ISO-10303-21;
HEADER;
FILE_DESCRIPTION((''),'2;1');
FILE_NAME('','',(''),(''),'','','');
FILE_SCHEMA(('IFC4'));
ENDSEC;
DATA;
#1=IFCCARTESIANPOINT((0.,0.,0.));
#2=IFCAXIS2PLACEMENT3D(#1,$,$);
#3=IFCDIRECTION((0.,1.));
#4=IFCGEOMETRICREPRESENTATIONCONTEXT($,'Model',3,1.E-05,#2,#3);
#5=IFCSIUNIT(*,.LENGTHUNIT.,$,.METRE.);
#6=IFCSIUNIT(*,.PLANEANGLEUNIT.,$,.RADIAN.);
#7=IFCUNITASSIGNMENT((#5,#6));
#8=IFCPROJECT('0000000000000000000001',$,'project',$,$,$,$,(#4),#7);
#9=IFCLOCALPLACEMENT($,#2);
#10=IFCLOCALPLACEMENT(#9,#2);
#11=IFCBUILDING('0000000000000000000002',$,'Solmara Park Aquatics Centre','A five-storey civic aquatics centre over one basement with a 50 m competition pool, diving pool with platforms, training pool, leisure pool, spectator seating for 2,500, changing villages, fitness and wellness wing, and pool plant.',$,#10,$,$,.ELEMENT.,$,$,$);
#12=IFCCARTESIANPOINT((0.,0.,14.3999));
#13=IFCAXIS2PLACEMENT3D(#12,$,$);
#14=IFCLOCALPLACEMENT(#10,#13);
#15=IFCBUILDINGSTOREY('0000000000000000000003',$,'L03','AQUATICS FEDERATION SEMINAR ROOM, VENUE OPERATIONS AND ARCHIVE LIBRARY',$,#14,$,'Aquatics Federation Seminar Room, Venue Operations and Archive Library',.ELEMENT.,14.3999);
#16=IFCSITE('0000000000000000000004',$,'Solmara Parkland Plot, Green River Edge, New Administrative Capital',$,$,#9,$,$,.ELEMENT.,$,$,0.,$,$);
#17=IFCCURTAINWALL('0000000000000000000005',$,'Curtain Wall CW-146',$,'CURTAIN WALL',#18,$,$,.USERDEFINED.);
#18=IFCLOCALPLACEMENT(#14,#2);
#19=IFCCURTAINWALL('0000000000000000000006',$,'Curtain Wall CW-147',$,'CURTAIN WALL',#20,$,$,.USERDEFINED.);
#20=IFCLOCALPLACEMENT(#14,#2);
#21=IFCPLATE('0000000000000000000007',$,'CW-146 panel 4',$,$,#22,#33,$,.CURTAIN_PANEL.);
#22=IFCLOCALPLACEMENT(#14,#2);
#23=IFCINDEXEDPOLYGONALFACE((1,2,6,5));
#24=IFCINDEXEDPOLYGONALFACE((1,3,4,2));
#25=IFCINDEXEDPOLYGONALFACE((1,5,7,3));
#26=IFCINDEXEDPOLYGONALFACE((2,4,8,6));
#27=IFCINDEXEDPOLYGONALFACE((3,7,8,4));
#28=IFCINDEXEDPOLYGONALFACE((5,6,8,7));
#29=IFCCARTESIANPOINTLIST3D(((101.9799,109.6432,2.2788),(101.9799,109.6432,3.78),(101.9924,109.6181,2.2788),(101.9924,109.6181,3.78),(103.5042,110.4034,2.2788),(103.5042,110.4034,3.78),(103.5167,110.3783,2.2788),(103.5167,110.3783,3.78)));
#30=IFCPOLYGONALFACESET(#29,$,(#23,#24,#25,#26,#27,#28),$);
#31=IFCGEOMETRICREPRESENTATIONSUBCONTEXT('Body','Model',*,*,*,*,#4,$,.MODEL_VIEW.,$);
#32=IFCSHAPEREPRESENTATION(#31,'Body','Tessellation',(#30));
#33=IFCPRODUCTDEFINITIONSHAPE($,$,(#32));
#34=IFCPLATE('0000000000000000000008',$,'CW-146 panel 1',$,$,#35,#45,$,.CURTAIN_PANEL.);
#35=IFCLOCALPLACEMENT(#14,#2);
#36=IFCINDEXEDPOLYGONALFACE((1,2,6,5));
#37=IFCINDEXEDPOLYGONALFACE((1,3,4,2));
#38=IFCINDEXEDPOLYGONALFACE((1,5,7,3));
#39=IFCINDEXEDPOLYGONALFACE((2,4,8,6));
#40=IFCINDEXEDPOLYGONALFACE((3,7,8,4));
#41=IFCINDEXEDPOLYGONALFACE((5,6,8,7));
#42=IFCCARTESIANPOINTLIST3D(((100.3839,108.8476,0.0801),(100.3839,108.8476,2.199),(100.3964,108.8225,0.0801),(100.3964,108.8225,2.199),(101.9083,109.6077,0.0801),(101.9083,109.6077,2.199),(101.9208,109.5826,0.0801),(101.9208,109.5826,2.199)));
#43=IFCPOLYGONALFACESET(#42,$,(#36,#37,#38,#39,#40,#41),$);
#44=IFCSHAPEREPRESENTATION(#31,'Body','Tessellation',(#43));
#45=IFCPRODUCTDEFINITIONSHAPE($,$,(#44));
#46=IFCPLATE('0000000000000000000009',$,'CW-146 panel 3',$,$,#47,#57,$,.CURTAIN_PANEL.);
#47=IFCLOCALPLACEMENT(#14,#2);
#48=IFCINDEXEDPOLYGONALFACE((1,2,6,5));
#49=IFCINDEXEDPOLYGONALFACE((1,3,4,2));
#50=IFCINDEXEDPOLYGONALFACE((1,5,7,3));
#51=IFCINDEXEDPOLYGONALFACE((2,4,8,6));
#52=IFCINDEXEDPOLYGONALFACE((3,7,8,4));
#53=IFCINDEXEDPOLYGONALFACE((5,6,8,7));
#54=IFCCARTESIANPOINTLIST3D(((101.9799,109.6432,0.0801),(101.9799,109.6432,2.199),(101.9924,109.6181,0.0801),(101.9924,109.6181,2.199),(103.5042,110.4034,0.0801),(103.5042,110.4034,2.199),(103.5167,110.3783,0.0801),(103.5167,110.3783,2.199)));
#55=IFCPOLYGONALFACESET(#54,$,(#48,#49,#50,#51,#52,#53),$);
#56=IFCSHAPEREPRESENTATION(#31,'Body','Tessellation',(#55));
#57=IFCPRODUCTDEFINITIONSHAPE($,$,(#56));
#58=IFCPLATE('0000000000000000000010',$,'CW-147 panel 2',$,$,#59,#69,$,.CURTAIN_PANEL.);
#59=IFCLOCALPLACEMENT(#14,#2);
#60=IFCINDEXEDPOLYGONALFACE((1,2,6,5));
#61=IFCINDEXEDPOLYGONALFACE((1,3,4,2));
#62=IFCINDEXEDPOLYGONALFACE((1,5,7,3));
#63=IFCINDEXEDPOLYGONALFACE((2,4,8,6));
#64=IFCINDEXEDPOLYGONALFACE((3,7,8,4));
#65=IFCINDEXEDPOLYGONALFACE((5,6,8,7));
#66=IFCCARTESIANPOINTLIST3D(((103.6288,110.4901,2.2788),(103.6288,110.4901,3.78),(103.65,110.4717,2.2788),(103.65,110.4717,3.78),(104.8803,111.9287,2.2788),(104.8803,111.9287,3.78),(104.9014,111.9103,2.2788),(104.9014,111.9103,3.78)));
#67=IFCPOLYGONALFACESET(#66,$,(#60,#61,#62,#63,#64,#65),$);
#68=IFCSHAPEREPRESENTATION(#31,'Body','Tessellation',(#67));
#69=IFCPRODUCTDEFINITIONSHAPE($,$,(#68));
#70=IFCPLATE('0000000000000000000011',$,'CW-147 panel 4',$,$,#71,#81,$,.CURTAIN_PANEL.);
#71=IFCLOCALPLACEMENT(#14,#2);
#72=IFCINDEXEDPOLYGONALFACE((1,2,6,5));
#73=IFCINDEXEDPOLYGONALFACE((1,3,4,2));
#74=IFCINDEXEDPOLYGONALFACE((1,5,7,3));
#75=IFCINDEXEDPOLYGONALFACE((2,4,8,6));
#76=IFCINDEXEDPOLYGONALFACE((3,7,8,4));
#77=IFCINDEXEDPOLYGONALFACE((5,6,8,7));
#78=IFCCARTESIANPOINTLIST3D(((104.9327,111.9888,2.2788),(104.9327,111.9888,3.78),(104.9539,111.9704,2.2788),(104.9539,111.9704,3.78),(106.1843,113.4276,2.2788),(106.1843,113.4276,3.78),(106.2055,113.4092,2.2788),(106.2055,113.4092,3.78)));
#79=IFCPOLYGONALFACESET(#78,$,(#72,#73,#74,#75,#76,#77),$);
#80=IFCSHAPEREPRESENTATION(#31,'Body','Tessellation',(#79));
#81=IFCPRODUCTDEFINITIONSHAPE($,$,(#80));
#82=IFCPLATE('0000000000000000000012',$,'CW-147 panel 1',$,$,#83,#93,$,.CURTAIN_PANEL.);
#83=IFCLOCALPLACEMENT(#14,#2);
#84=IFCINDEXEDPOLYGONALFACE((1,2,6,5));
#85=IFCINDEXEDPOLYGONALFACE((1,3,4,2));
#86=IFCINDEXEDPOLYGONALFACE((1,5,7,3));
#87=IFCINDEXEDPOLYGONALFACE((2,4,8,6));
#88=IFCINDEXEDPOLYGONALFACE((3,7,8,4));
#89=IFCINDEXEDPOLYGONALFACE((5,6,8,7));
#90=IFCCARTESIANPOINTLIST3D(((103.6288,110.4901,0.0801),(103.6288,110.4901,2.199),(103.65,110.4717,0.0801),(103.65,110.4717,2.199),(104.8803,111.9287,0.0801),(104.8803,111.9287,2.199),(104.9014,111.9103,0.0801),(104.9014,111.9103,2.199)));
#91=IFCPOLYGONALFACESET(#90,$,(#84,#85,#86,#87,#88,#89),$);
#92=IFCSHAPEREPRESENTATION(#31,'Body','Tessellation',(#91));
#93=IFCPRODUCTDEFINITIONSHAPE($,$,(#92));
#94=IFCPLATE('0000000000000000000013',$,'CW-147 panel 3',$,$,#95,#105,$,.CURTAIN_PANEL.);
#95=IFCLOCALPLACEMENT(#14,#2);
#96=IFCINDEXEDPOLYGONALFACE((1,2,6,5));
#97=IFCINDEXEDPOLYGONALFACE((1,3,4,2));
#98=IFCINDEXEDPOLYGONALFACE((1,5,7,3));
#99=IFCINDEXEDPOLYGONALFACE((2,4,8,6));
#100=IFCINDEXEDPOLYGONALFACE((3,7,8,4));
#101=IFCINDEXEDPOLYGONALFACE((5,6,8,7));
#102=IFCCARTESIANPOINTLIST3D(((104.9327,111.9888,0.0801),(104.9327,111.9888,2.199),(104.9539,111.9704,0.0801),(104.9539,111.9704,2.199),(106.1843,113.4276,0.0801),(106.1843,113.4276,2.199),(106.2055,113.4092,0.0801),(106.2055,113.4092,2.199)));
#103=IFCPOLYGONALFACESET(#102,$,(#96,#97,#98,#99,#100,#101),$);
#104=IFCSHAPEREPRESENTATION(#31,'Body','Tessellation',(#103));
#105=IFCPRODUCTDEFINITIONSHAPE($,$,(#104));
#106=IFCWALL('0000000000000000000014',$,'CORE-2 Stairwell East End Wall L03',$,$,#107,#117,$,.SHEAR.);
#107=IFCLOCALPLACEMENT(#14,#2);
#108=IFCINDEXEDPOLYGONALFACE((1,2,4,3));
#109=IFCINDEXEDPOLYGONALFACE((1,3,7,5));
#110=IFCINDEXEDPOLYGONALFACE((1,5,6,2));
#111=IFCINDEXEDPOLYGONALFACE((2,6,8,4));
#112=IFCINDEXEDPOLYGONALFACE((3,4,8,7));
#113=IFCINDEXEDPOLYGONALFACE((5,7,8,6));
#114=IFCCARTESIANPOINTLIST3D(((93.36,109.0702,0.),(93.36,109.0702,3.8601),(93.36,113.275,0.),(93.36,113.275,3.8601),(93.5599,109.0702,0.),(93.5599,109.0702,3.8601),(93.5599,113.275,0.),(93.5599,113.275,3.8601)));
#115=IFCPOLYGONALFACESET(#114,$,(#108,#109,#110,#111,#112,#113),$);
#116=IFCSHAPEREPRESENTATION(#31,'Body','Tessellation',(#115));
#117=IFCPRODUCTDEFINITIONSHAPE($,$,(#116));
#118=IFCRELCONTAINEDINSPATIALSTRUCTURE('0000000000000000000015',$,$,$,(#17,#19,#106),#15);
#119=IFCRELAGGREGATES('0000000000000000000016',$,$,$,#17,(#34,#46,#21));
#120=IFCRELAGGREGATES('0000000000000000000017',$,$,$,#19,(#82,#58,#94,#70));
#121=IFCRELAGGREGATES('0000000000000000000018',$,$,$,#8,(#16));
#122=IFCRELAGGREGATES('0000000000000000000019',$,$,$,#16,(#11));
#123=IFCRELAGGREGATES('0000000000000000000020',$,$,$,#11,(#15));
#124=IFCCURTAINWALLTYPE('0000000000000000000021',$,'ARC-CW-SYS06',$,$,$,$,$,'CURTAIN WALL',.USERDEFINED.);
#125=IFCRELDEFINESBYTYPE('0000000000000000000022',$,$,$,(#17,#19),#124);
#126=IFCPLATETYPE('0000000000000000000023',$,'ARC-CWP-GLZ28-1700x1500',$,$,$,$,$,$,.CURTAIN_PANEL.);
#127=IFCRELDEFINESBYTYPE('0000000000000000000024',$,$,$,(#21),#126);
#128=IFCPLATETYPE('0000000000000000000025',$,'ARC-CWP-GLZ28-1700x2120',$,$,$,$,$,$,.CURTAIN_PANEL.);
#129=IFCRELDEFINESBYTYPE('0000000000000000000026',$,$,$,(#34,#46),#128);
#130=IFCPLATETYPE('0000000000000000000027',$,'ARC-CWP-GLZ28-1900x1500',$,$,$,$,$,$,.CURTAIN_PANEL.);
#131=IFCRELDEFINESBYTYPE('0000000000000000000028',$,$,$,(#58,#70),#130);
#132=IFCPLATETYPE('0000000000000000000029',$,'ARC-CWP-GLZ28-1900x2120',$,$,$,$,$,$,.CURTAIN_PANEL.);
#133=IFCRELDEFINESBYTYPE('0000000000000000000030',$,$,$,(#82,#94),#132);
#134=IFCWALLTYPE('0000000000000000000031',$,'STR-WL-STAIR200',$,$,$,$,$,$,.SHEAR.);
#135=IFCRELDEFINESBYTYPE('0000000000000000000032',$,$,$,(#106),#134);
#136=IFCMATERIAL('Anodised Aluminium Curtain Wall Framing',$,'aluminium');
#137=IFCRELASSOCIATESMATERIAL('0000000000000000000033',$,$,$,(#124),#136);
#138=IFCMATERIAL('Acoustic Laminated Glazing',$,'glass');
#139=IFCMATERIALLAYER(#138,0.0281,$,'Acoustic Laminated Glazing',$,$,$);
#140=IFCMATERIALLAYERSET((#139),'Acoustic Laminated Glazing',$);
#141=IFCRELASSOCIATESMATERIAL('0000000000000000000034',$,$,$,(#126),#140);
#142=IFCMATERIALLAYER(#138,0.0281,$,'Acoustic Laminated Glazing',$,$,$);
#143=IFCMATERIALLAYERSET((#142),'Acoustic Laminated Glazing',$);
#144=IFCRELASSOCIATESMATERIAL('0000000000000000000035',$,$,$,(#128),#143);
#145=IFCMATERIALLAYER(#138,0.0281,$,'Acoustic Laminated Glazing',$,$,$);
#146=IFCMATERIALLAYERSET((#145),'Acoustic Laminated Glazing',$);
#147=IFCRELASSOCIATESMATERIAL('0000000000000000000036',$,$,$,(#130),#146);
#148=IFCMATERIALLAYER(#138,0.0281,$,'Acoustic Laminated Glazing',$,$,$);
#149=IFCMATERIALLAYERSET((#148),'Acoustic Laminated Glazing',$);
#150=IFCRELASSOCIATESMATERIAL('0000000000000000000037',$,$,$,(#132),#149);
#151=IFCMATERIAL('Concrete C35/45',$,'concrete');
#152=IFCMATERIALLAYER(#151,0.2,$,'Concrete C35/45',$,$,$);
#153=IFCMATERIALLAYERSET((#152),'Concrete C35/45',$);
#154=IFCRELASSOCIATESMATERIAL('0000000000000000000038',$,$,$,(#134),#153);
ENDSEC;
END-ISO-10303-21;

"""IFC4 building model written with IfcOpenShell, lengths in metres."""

from ifc_helpers import new_model, si_unit, direction, frame, frame_2d, origin, origin_2d, place, context, subcontext, project, spatial, rectangle, extrude, material, layer, layer_set, type_object, element, aggregate, save


model = new_model("IFC4")

# Units and contexts
model_context = context("Model", 3, precision=1e-05, world=origin(), true_north=direction((0.0, 1.0)))
body_context = subcontext(model_context, "Body", "Model", "MODEL_VIEW")
ifc_project = project(units=[si_unit("LENGTHUNIT", "METRE"), si_unit("PLANEANGLEUNIT", "RADIAN")], contexts=[model_context])

# Site, building, storey
site_placement = place(None, origin())
site = spatial("IfcSite", under=ifc_project, at=site_placement, Name="Solmara Parkland Plot, Green River Edge, New Administrative Capital", CompositionType="ELEMENT", RefElevation=0.0)
building_placement = place(site_placement, origin())
building = spatial("IfcBuilding", under=site, at=building_placement, Name="Solmara Park Aquatics Centre", Description="A five-storey civic aquatics centre over one basement with a 50 m competition pool, diving pool with platforms, training pool, leisure pool, spectator seating for 2,500, changing villages, fitness and wellness wing, and pool plant.", CompositionType="ELEMENT")
storey_placement = place(building_placement, frame((0.0, 0.0, 14.3999)))
storey = spatial("IfcBuildingStorey", under=building, at=storey_placement, Name="L03", Description="AQUATICS FEDERATION SEMINAR ROOM, VENUE OPERATIONS AND ARCHIVE LIBRARY", LongName="Aquatics Federation Seminar Room, Venue Operations and Archive Library", CompositionType="ELEMENT", Elevation=14.3999)

# Curtain walls
ifc_material_1 = material(Name="Anodised Aluminium Curtain Wall Framing", Category="aluminium")
curtain_wall_type = type_object("IfcCurtainWallType", Name="ARC-CW-SYS06", ElementType="CURTAIN WALL", PredefinedType="USERDEFINED", material=ifc_material_1)
curtain_wall_1_placement = place(storey_placement, origin())
curtain_wall_1 = element("IfcCurtainWall", 1, at=curtain_wall_1_placement, inside=storey, type_object=curtain_wall_type, Name="Curtain Wall CW-146", ObjectType="CURTAIN WALL", PredefinedType="USERDEFINED")
curtain_wall_2_placement = place(storey_placement, origin())
curtain_wall_2 = element("IfcCurtainWall", 2, at=curtain_wall_2_placement, inside=storey, type_object=curtain_wall_type, Name="Curtain Wall CW-147", ObjectType="CURTAIN WALL", PredefinedType="USERDEFINED")

# Plates
ifc_material_2 = material(Name="Acoustic Laminated Glazing", Category="glass")
ifc_layer_1 = layer(ifc_material_2, 0.0281, Name="Acoustic Laminated Glazing")
ifc_layer_set_1 = layer_set([ifc_layer_1], Name="Acoustic Laminated Glazing")
plate_type_1 = type_object("IfcPlateType", Name="ARC-CWP-GLZ28-1700x1500", PredefinedType="CURTAIN_PANEL", material=ifc_layer_set_1)
plate_1_placement = place(storey_placement, frame((102.7483, 110.0107, 2.2788), z_axis=(0.0, 0.0, 1.0), x_axis=(0.894904, 0.446259, 0.0)))
plate_1 = element("IfcPlate", 3, at=plate_1_placement, type_object=plate_type_1, Name="CW-146 panel 4", PredefinedType="CURTAIN_PANEL", context=body_context, shape_type="SweptSolid", body=[
    extrude(rectangle(XDim=1.7034, YDim=0.0281, at=origin_2d()), origin(), (0.0, 0.0, 1.0), 1.5012),
])
ifc_layer_2 = layer(ifc_material_2, 0.0281, Name="Acoustic Laminated Glazing")
ifc_layer_set_2 = layer_set([ifc_layer_2], Name="Acoustic Laminated Glazing")
plate_type_2 = type_object("IfcPlateType", Name="ARC-CWP-GLZ28-1700x2120", PredefinedType="CURTAIN_PANEL", material=ifc_layer_set_2)
plate_2_placement = place(storey_placement, frame((101.1523, 109.2151, 0.0801), z_axis=(0.0, 0.0, 1.0), x_axis=(0.894904, 0.446259, 0.0)))
plate_2 = element("IfcPlate", 4, at=plate_2_placement, type_object=plate_type_2, Name="CW-146 panel 1", PredefinedType="CURTAIN_PANEL", context=body_context, shape_type="SweptSolid", body=[
    extrude(rectangle(XDim=1.7034, YDim=0.0281, at=origin_2d()), origin(), (0.0, 0.0, 1.0), 2.1189),
])
plate_3_placement = place(storey_placement, frame((102.7483, 110.0107, 0.0801), z_axis=(0.0, 0.0, 1.0), x_axis=(0.894904, 0.446259, 0.0)))
plate_3 = element("IfcPlate", 5, at=plate_3_placement, type_object=plate_type_2, Name="CW-146 panel 3", PredefinedType="CURTAIN_PANEL", context=body_context, shape_type="SweptSolid", body=[
    extrude(rectangle(XDim=1.7034, YDim=0.0281, at=origin_2d()), origin(), (0.0, 0.0, 1.0), 2.1189),
])
aggregate(curtain_wall_1, [plate_2, plate_3, plate_1])
ifc_layer_3 = layer(ifc_material_2, 0.0281, Name="Acoustic Laminated Glazing")
ifc_layer_set_3 = layer_set([ifc_layer_3], Name="Acoustic Laminated Glazing")
plate_type_3 = type_object("IfcPlateType", Name="ARC-CWP-GLZ28-1900x1500", PredefinedType="CURTAIN_PANEL", material=ifc_layer_set_3)
plate_4_placement = place(storey_placement, frame((104.2651, 111.2002, 2.2788), z_axis=(0.0, 0.0, 1.0), x_axis=(0.65632, 0.754483, 0.0)))
plate_4 = element("IfcPlate", 6, at=plate_4_placement, type_object=plate_type_3, Name="CW-147 panel 2", PredefinedType="CURTAIN_PANEL", context=body_context, shape_type="SweptSolid", body=[
    extrude(rectangle(XDim=1.9067, YDim=0.0281, at=origin_2d()), origin(), (0.0, 0.0, 1.0), 1.5012),
])
plate_5_placement = place(storey_placement, frame((105.5691, 112.699, 2.2788), z_axis=(0.0, 0.0, 1.0), x_axis=(0.65632, 0.754483, 0.0)))
plate_5 = element("IfcPlate", 7, at=plate_5_placement, type_object=plate_type_3, Name="CW-147 panel 4", PredefinedType="CURTAIN_PANEL", context=body_context, shape_type="SweptSolid", body=[
    extrude(rectangle(XDim=1.907, YDim=0.0281, at=origin_2d()), origin(), (0.0, 0.0, 1.0), 1.5012),
])
ifc_layer_4 = layer(ifc_material_2, 0.0281, Name="Acoustic Laminated Glazing")
ifc_layer_set_4 = layer_set([ifc_layer_4], Name="Acoustic Laminated Glazing")
plate_type_4 = type_object("IfcPlateType", Name="ARC-CWP-GLZ28-1900x2120", PredefinedType="CURTAIN_PANEL", material=ifc_layer_set_4)
plate_6_placement = place(storey_placement, frame((104.2651, 111.2002, 0.0801), z_axis=(0.0, 0.0, 1.0), x_axis=(0.65632, 0.754483, 0.0)))
plate_6 = element("IfcPlate", 8, at=plate_6_placement, type_object=plate_type_4, Name="CW-147 panel 1", PredefinedType="CURTAIN_PANEL", context=body_context, shape_type="SweptSolid", body=[
    extrude(rectangle(XDim=1.9067, YDim=0.0281, at=origin_2d()), origin(), (0.0, 0.0, 1.0), 2.1189),
])
plate_7_placement = place(storey_placement, frame((105.5691, 112.699, 0.0801), z_axis=(0.0, 0.0, 1.0), x_axis=(0.65632, 0.754483, 0.0)))
plate_7 = element("IfcPlate", 9, at=plate_7_placement, type_object=plate_type_4, Name="CW-147 panel 3", PredefinedType="CURTAIN_PANEL", context=body_context, shape_type="SweptSolid", body=[
    extrude(rectangle(XDim=1.907, YDim=0.0281, at=origin_2d()), origin(), (0.0, 0.0, 1.0), 2.1189),
])
aggregate(curtain_wall_2, [plate_6, plate_4, plate_7, plate_5])

# Wall
ifc_material_3 = material(Name="Concrete C35/45", Category="concrete")
ifc_layer_5 = layer(ifc_material_3, 0.2, Name="Concrete C35/45")
ifc_layer_set_5 = layer_set([ifc_layer_5], Name="Concrete C35/45")
wall_type = type_object("IfcWallType", Name="STR-WL-STAIR200", PredefinedType="SHEAR", material=ifc_layer_set_5)
wall_placement = place(storey_placement, frame((93.46, 109.0701, 0.0), z_axis=(0.0, 0.0, 1.0), x_axis=(0.0, 1.0, 0.0)))
element("IfcWall", 10, at=wall_placement, inside=storey, type_object=wall_type, Name="CORE-2 Stairwell East End Wall L03", PredefinedType="SHEAR", context=body_context, shape_type="SweptSolid", body=[
    extrude(rectangle(XDim=4.2048, YDim=0.2, at=frame_2d((2.1025, 0.0))), origin(), (0.0, 0.0, 1.0), 3.8601),
])

save(model, "model.ifc")
